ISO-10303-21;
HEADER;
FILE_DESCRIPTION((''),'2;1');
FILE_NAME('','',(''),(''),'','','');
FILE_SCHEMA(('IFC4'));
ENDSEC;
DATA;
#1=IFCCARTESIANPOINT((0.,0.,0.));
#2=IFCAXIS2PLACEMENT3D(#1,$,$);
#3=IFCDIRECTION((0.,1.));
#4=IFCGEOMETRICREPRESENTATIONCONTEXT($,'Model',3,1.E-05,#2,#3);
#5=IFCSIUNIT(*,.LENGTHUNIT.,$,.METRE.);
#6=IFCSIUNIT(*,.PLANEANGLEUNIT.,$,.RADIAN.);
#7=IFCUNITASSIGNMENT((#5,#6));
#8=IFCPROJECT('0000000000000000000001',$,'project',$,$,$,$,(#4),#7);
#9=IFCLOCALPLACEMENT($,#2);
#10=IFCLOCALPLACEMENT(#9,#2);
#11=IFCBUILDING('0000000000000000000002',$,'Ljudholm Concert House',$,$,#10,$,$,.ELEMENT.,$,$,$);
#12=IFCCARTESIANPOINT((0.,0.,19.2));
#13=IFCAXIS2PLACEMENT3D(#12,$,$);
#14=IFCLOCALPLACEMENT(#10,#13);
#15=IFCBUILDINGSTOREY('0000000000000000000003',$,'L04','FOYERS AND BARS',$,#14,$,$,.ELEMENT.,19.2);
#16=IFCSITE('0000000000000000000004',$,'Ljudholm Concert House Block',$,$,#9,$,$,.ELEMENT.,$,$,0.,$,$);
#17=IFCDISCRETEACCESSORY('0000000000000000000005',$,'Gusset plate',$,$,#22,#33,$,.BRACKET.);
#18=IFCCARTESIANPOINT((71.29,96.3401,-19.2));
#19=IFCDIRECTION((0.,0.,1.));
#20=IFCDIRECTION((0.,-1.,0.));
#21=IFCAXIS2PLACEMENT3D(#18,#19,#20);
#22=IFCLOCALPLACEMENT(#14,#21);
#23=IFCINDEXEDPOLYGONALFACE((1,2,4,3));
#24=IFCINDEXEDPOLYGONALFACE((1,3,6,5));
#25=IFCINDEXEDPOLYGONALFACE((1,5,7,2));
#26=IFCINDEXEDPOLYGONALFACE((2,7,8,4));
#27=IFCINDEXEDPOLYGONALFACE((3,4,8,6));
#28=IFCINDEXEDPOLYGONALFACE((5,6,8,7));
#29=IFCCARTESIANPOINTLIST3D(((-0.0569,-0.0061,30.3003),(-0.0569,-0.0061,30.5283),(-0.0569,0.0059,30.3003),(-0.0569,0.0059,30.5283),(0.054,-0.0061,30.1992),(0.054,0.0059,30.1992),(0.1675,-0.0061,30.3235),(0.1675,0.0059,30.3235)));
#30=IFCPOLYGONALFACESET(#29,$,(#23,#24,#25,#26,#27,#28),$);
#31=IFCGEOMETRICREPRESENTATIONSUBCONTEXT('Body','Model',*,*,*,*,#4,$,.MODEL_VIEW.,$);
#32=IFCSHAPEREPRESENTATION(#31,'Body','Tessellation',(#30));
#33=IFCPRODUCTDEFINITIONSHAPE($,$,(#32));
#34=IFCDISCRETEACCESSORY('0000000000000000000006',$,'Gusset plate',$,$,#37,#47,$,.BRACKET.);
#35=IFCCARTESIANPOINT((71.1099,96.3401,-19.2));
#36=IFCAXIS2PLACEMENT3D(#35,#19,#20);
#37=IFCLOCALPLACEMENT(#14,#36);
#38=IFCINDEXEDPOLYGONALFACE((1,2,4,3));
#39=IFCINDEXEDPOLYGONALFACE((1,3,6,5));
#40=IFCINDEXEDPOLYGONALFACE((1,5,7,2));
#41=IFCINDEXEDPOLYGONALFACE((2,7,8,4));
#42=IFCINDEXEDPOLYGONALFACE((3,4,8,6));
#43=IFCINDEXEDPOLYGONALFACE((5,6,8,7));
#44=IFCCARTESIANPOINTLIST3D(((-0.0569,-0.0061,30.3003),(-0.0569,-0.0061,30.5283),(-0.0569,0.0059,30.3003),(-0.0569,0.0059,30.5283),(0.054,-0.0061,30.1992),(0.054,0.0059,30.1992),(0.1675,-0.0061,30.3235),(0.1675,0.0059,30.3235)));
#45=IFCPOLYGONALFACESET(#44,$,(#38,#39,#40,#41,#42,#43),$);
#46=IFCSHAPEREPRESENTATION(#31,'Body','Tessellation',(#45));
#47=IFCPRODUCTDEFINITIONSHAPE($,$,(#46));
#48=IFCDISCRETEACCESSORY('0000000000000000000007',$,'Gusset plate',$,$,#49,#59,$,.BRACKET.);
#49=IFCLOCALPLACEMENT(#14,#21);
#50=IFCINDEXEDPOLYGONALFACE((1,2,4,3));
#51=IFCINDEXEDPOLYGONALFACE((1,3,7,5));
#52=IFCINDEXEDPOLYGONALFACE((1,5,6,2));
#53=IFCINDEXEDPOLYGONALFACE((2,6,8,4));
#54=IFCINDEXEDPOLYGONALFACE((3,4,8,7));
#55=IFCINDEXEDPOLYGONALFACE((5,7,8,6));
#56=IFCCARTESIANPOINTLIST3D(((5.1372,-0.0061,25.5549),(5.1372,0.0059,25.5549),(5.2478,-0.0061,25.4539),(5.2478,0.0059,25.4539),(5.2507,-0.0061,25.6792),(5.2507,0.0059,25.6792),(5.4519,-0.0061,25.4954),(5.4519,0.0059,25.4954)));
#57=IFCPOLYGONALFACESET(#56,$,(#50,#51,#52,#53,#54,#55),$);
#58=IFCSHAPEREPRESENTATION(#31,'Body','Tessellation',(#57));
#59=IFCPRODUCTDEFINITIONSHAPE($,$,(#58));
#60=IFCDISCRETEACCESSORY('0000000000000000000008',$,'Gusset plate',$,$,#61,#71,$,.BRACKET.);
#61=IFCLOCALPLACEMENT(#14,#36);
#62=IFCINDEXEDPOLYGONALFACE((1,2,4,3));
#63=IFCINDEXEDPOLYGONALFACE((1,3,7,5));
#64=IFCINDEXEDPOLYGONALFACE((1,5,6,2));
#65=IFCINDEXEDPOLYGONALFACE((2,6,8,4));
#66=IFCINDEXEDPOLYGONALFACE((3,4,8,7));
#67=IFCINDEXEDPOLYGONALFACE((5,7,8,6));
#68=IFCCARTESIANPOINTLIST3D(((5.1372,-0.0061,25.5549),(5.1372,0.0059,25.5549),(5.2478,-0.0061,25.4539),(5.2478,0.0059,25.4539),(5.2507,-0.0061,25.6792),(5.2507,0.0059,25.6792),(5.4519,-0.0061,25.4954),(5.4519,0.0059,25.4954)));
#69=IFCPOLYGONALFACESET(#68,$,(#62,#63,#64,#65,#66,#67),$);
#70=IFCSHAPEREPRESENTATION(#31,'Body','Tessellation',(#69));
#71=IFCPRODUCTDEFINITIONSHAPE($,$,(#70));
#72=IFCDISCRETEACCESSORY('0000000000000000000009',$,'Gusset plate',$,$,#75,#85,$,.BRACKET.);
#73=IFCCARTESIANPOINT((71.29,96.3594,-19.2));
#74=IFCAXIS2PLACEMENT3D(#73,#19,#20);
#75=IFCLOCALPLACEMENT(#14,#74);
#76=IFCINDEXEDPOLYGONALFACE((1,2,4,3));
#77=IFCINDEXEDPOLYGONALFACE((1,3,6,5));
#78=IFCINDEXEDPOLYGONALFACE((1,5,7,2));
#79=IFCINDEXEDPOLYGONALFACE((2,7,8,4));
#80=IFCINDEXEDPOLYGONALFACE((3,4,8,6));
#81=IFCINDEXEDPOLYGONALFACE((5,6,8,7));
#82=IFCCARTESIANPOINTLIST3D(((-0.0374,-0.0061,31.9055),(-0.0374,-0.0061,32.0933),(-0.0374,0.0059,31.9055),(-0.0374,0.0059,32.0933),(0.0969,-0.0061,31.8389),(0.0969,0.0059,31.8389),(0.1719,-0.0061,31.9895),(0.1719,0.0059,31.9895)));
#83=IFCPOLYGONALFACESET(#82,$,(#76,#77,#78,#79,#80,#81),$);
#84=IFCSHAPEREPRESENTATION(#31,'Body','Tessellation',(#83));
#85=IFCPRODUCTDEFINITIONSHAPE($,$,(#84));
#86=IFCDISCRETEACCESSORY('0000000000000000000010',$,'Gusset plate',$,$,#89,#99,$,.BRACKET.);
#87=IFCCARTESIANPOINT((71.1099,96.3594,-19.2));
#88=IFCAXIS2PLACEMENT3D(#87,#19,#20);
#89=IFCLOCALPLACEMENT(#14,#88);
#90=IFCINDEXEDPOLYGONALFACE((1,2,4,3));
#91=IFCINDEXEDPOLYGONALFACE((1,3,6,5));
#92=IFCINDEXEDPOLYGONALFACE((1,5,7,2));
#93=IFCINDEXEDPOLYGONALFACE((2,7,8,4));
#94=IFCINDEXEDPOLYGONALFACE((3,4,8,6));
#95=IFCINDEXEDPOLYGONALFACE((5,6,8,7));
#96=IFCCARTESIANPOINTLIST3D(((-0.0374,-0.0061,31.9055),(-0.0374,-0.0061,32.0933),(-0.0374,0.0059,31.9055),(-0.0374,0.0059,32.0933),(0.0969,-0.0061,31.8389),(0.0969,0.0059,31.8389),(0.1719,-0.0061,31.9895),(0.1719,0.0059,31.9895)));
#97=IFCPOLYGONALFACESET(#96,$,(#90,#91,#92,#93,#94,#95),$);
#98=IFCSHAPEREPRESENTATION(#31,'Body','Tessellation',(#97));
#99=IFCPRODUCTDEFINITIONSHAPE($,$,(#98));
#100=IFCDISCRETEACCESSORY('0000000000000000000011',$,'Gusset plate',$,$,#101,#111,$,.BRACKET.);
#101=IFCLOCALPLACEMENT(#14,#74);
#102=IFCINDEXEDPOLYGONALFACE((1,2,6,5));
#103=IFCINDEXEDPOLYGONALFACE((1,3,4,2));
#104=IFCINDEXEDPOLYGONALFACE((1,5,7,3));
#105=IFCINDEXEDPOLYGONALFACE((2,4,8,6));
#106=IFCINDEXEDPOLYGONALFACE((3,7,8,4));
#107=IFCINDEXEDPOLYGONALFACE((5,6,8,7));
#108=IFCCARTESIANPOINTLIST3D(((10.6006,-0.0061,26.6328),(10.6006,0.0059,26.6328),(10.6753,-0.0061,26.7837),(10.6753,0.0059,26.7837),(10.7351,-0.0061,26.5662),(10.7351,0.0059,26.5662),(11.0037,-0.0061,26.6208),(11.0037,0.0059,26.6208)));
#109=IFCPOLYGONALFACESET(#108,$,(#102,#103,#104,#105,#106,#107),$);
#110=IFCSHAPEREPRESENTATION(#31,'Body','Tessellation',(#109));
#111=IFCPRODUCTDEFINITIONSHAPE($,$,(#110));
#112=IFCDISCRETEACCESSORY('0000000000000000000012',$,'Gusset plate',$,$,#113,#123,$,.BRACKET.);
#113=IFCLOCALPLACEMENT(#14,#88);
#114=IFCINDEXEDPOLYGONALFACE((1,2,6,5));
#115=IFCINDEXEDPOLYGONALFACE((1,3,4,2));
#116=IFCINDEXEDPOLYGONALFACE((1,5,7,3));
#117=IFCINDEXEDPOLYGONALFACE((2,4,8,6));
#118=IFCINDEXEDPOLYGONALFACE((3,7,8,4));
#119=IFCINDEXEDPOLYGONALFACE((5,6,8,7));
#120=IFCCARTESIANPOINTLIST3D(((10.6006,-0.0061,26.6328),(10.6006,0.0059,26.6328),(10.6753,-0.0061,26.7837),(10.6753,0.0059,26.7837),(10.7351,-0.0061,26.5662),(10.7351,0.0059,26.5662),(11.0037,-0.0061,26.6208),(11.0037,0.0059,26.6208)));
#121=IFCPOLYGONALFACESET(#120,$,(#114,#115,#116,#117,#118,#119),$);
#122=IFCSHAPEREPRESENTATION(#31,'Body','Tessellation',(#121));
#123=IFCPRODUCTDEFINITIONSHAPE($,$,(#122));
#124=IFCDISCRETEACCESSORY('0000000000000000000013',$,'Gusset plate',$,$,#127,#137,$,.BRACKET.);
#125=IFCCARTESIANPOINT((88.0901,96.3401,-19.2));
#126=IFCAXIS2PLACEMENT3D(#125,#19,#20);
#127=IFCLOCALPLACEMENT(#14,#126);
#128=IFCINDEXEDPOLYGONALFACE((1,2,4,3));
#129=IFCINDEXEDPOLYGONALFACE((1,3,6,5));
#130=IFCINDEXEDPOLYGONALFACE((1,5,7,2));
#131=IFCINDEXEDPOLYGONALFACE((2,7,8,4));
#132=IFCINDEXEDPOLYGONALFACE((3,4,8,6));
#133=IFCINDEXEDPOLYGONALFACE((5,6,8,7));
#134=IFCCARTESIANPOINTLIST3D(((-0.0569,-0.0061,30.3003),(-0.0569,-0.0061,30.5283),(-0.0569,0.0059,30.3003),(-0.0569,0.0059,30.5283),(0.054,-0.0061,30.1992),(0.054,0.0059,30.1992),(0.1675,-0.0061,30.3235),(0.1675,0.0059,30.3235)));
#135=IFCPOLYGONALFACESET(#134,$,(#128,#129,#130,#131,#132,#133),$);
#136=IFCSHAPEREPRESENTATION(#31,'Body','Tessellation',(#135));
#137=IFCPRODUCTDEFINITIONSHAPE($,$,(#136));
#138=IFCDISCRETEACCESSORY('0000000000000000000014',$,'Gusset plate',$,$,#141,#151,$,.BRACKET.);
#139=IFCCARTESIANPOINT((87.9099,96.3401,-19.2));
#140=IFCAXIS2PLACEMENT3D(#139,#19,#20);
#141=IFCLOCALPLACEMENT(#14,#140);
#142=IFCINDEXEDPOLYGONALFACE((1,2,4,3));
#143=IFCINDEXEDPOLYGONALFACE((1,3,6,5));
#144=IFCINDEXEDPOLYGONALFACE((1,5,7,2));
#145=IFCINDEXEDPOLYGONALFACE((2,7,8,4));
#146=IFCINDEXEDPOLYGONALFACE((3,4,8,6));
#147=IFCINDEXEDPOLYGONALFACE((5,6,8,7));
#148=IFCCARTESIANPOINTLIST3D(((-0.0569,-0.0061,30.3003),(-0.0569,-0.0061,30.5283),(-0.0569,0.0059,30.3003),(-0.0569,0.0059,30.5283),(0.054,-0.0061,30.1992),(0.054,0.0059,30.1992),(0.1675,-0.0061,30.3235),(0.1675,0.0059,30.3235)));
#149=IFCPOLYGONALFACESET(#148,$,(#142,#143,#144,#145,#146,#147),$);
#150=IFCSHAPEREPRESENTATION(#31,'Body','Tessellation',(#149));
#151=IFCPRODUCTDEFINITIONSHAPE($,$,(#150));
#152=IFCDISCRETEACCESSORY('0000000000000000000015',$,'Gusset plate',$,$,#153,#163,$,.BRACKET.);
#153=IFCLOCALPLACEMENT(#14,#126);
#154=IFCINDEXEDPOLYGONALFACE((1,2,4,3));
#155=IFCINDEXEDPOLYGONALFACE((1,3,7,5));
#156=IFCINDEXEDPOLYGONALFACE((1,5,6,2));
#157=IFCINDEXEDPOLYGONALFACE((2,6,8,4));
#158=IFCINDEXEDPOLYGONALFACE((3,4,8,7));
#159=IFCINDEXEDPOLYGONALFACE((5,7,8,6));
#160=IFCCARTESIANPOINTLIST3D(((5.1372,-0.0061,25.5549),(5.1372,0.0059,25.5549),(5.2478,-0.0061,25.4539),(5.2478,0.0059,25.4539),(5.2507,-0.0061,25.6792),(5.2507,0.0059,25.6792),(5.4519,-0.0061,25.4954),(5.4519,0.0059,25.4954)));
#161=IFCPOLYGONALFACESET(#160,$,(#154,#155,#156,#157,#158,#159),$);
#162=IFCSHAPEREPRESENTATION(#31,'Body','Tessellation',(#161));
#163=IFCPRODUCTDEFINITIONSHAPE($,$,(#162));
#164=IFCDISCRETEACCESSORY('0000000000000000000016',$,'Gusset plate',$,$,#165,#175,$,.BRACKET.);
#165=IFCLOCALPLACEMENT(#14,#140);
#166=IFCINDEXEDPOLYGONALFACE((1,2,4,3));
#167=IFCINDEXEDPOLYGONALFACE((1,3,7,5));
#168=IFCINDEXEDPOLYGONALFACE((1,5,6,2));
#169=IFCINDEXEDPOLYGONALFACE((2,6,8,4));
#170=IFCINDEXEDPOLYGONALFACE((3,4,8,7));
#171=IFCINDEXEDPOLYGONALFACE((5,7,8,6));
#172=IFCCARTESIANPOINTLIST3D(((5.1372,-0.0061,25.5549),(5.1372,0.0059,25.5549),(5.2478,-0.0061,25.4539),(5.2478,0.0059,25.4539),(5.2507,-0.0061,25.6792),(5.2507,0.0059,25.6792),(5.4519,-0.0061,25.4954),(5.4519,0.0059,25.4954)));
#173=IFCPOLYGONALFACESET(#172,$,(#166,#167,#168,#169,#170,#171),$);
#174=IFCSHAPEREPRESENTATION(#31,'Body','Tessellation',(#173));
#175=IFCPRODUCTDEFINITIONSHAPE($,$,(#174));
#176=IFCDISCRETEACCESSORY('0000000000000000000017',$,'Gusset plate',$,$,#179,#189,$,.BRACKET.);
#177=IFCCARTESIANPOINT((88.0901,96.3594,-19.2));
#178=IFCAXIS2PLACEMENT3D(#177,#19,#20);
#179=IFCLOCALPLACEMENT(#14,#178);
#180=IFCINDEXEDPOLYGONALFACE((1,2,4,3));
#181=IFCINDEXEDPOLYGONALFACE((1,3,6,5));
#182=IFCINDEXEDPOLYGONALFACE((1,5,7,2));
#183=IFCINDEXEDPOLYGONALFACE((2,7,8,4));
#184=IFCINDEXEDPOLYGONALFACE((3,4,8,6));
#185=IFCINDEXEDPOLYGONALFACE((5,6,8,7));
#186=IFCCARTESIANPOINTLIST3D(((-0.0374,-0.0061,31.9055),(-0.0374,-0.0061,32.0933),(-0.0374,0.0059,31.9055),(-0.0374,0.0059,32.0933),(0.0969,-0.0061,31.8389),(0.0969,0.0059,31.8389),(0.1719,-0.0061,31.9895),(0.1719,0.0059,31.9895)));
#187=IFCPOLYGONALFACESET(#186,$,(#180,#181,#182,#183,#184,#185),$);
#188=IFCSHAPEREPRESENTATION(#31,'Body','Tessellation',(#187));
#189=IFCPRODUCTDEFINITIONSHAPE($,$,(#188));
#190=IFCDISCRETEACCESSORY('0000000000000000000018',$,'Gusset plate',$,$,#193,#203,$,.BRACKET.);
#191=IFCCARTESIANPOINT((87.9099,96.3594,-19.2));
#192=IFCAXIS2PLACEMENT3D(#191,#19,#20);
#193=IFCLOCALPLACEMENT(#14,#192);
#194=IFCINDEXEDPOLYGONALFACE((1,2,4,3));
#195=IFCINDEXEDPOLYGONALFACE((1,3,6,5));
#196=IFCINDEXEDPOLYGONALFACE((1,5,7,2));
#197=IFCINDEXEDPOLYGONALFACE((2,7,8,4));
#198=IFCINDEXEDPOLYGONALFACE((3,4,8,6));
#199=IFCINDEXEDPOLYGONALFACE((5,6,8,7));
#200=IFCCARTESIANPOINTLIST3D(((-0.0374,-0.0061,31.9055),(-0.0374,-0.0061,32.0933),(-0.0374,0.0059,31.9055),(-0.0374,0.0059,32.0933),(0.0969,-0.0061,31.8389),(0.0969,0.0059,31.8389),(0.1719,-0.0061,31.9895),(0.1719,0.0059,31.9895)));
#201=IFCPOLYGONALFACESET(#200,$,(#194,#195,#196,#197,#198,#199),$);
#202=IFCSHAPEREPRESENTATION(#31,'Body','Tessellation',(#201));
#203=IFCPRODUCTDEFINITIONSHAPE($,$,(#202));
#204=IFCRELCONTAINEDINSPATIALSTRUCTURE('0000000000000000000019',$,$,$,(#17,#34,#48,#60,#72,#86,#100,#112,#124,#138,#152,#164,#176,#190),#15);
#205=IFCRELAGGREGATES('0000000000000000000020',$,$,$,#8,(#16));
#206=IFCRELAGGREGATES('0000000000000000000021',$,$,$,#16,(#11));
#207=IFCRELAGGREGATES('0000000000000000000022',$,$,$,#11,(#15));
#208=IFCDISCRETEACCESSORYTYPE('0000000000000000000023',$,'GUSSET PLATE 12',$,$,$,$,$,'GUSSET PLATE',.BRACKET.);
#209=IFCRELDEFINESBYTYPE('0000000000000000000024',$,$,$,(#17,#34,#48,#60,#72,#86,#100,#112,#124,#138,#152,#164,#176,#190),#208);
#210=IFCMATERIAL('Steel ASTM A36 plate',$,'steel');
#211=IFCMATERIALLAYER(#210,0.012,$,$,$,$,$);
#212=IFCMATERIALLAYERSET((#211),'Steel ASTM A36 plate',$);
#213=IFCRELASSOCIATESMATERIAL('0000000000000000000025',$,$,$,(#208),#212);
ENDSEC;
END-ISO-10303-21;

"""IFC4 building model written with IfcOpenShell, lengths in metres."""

from ifc_helpers import new_model, si_unit, direction, frame, origin, place, context, subcontext, project, spatial, polyline, outline, extrude, material, layer, layer_set, type_object, element, save


model = new_model("IFC4")

# Units and contexts
model_context = context("Model", 3, precision=1e-05, world=origin(), true_north=direction((0.0, 1.0)))
body_context = subcontext(model_context, "Body", "Model", "MODEL_VIEW")
ifc_project = project(units=[si_unit("LENGTHUNIT", "METRE"), si_unit("PLANEANGLEUNIT", "RADIAN")], contexts=[model_context])

# Site, building, storey
site_placement = place(None, origin())
site = spatial("IfcSite", under=ifc_project, at=site_placement, Name="Ljudholm Concert House Block", CompositionType="ELEMENT", RefElevation=0.0)
building_placement = place(site_placement, origin())
building = spatial("IfcBuilding", under=site, at=building_placement, Name="Ljudholm Concert House", CompositionType="ELEMENT")
storey_placement = place(building_placement, frame((0.0, 0.0, 19.2)))
storey = spatial("IfcBuildingStorey", under=building, at=storey_placement, Name="L04", Description="FOYERS AND BARS", CompositionType="ELEMENT", Elevation=19.2)

# Discrete accessories
ifc_material_1 = material(Name="Steel ASTM A36 plate", Category="steel")
ifc_layer_1 = layer(ifc_material_1, 0.012)
ifc_layer_set_1 = layer_set([ifc_layer_1], Name="Steel ASTM A36 plate")
discrete_accessory_type = type_object("IfcDiscreteAccessoryType", Name="GUSSET PLATE 12", ElementType="GUSSET PLATE", PredefinedType="BRACKET", material=ifc_layer_set_1)
for number, where, z_axis, x_axis, name in (
    (1, (71.29, 96.3401, -19.2), (0.0, 0.0, 1.0), (0.0, -1.0, 0.0), "Gusset plate"),
    (2, (71.1099, 96.3401, -19.2), (0.0, 0.0, 1.0), (0.0, -1.0, 0.0), "Gusset plate"),
):
    element("IfcDiscreteAccessory", number, at=place(storey_placement, frame(where, z_axis=z_axis, x_axis=x_axis)), inside=storey, type_object=discrete_accessory_type, Name=name, PredefinedType="BRACKET", context=body_context, shape_type="SweptSolid", body=[
        extrude(outline(polyline([(0.054, 30.1992), (-0.0569, 30.3003), (-0.0569, 30.5283), (0.1675, 30.3235), (0.054, 30.1992)])), frame((0.0, 0.0059, 0.0), z_axis=(0.0, -1.0, 0.0), x_axis=(1.0, 0.0, 0.0)), (0.0, 0.0, 1.0), 0.012),
    ])
for number, where, z_axis, x_axis, name in (
    (3, (71.29, 96.3401, -19.2), (0.0, 0.0, 1.0), (0.0, -1.0, 0.0), "Gusset plate"),
    (4, (71.1099, 96.3401, -19.2), (0.0, 0.0, 1.0), (0.0, -1.0, 0.0), "Gusset plate"),
):
    element("IfcDiscreteAccessory", number, at=place(storey_placement, frame(where, z_axis=z_axis, x_axis=x_axis)), inside=storey, type_object=discrete_accessory_type, Name=name, PredefinedType="BRACKET", context=body_context, shape_type="SweptSolid", body=[
        extrude(outline(polyline([(5.2507, 25.6792), (5.4519, 25.4954), (5.2478, 25.4539), (5.1372, 25.5549), (5.2507, 25.6792)])), frame((0.0, 0.0059, 0.0), z_axis=(0.0, -1.0, 0.0), x_axis=(1.0, 0.0, 0.0)), (0.0, 0.0, 1.0), 0.012),
    ])
for number, where, z_axis, x_axis, name in (
    (5, (71.29, 96.3594, -19.2), (0.0, 0.0, 1.0), (0.0, -1.0, 0.0), "Gusset plate"),
    (6, (71.1099, 96.3594, -19.2), (0.0, 0.0, 1.0), (0.0, -1.0, 0.0), "Gusset plate"),
):
    element("IfcDiscreteAccessory", number, at=place(storey_placement, frame(where, z_axis=z_axis, x_axis=x_axis)), inside=storey, type_object=discrete_accessory_type, Name=name, PredefinedType="BRACKET", context=body_context, shape_type="SweptSolid", body=[
        extrude(outline(polyline([(0.0969, 31.8389), (-0.0374, 31.9055), (-0.0374, 32.0933), (0.1719, 31.9895), (0.0969, 31.8389)])), frame((0.0, 0.0059, 0.0), z_axis=(0.0, -1.0, 0.0), x_axis=(1.0, 0.0, 0.0)), (0.0, 0.0, 1.0), 0.012),
    ])
for number, where, z_axis, x_axis, name in (
    (7, (71.29, 96.3594, -19.2), (0.0, 0.0, 1.0), (0.0, -1.0, 0.0), "Gusset plate"),
    (8, (71.1099, 96.3594, -19.2), (0.0, 0.0, 1.0), (0.0, -1.0, 0.0), "Gusset plate"),
):
    element("IfcDiscreteAccessory", number, at=place(storey_placement, frame(where, z_axis=z_axis, x_axis=x_axis)), inside=storey, type_object=discrete_accessory_type, Name=name, PredefinedType="BRACKET", context=body_context, shape_type="SweptSolid", body=[
        extrude(outline(polyline([(10.6753, 26.7837), (11.0037, 26.6208), (10.7351, 26.5662), (10.6006, 26.6328), (10.6753, 26.7837)])), frame((0.0, 0.0059, 0.0), z_axis=(0.0, -1.0, 0.0), x_axis=(1.0, 0.0, 0.0)), (0.0, 0.0, 1.0), 0.012),
    ])
for number, where, z_axis, x_axis, name in (
    (9, (88.0901, 96.3401, -19.2), (0.0, 0.0, 1.0), (0.0, -1.0, 0.0), "Gusset plate"),
    (10, (87.9099, 96.3401, -19.2), (0.0, 0.0, 1.0), (0.0, -1.0, 0.0), "Gusset plate"),
):
    element("IfcDiscreteAccessory", number, at=place(storey_placement, frame(where, z_axis=z_axis, x_axis=x_axis)), inside=storey, type_object=discrete_accessory_type, Name=name, PredefinedType="BRACKET", context=body_context, shape_type="SweptSolid", body=[
        extrude(outline(polyline([(0.054, 30.1992), (-0.0569, 30.3003), (-0.0569, 30.5283), (0.1675, 30.3235), (0.054, 30.1992)])), frame((0.0, 0.0059, 0.0), z_axis=(0.0, -1.0, 0.0), x_axis=(1.0, 0.0, 0.0)), (0.0, 0.0, 1.0), 0.012),
    ])
for number, where, z_axis, x_axis, name in (
    (11, (88.0901, 96.3401, -19.2), (0.0, 0.0, 1.0), (0.0, -1.0, 0.0), "Gusset plate"),
    (12, (87.9099, 96.3401, -19.2), (0.0, 0.0, 1.0), (0.0, -1.0, 0.0), "Gusset plate"),
):
    element("IfcDiscreteAccessory", number, at=place(storey_placement, frame(where, z_axis=z_axis, x_axis=x_axis)), inside=storey, type_object=discrete_accessory_type, Name=name, PredefinedType="BRACKET", context=body_context, shape_type="SweptSolid", body=[
        extrude(outline(polyline([(5.2507, 25.6792), (5.4519, 25.4954), (5.2478, 25.4539), (5.1372, 25.5549), (5.2507, 25.6792)])), frame((0.0, 0.0059, 0.0), z_axis=(0.0, -1.0, 0.0), x_axis=(1.0, 0.0, 0.0)), (0.0, 0.0, 1.0), 0.012),
    ])
for number, where, z_axis, x_axis, name in (
    (13, (88.0901, 96.3594, -19.2), (0.0, 0.0, 1.0), (0.0, -1.0, 0.0), "Gusset plate"),
    (14, (87.9099, 96.3594, -19.2), (0.0, 0.0, 1.0), (0.0, -1.0, 0.0), "Gusset plate"),
):
    element("IfcDiscreteAccessory", number, at=place(storey_placement, frame(where, z_axis=z_axis, x_axis=x_axis)), inside=storey, type_object=discrete_accessory_type, Name=name, PredefinedType="BRACKET", context=body_context, shape_type="SweptSolid", body=[
        extrude(outline(polyline([(0.0969, 31.8389), (-0.0374, 31.9055), (-0.0374, 32.0933), (0.1719, 31.9895), (0.0969, 31.8389)])), frame((0.0, 0.0059, 0.0), z_axis=(0.0, -1.0, 0.0), x_axis=(1.0, 0.0, 0.0)), (0.0, 0.0, 1.0), 0.012),
    ])

save(model, "model.ifc")
